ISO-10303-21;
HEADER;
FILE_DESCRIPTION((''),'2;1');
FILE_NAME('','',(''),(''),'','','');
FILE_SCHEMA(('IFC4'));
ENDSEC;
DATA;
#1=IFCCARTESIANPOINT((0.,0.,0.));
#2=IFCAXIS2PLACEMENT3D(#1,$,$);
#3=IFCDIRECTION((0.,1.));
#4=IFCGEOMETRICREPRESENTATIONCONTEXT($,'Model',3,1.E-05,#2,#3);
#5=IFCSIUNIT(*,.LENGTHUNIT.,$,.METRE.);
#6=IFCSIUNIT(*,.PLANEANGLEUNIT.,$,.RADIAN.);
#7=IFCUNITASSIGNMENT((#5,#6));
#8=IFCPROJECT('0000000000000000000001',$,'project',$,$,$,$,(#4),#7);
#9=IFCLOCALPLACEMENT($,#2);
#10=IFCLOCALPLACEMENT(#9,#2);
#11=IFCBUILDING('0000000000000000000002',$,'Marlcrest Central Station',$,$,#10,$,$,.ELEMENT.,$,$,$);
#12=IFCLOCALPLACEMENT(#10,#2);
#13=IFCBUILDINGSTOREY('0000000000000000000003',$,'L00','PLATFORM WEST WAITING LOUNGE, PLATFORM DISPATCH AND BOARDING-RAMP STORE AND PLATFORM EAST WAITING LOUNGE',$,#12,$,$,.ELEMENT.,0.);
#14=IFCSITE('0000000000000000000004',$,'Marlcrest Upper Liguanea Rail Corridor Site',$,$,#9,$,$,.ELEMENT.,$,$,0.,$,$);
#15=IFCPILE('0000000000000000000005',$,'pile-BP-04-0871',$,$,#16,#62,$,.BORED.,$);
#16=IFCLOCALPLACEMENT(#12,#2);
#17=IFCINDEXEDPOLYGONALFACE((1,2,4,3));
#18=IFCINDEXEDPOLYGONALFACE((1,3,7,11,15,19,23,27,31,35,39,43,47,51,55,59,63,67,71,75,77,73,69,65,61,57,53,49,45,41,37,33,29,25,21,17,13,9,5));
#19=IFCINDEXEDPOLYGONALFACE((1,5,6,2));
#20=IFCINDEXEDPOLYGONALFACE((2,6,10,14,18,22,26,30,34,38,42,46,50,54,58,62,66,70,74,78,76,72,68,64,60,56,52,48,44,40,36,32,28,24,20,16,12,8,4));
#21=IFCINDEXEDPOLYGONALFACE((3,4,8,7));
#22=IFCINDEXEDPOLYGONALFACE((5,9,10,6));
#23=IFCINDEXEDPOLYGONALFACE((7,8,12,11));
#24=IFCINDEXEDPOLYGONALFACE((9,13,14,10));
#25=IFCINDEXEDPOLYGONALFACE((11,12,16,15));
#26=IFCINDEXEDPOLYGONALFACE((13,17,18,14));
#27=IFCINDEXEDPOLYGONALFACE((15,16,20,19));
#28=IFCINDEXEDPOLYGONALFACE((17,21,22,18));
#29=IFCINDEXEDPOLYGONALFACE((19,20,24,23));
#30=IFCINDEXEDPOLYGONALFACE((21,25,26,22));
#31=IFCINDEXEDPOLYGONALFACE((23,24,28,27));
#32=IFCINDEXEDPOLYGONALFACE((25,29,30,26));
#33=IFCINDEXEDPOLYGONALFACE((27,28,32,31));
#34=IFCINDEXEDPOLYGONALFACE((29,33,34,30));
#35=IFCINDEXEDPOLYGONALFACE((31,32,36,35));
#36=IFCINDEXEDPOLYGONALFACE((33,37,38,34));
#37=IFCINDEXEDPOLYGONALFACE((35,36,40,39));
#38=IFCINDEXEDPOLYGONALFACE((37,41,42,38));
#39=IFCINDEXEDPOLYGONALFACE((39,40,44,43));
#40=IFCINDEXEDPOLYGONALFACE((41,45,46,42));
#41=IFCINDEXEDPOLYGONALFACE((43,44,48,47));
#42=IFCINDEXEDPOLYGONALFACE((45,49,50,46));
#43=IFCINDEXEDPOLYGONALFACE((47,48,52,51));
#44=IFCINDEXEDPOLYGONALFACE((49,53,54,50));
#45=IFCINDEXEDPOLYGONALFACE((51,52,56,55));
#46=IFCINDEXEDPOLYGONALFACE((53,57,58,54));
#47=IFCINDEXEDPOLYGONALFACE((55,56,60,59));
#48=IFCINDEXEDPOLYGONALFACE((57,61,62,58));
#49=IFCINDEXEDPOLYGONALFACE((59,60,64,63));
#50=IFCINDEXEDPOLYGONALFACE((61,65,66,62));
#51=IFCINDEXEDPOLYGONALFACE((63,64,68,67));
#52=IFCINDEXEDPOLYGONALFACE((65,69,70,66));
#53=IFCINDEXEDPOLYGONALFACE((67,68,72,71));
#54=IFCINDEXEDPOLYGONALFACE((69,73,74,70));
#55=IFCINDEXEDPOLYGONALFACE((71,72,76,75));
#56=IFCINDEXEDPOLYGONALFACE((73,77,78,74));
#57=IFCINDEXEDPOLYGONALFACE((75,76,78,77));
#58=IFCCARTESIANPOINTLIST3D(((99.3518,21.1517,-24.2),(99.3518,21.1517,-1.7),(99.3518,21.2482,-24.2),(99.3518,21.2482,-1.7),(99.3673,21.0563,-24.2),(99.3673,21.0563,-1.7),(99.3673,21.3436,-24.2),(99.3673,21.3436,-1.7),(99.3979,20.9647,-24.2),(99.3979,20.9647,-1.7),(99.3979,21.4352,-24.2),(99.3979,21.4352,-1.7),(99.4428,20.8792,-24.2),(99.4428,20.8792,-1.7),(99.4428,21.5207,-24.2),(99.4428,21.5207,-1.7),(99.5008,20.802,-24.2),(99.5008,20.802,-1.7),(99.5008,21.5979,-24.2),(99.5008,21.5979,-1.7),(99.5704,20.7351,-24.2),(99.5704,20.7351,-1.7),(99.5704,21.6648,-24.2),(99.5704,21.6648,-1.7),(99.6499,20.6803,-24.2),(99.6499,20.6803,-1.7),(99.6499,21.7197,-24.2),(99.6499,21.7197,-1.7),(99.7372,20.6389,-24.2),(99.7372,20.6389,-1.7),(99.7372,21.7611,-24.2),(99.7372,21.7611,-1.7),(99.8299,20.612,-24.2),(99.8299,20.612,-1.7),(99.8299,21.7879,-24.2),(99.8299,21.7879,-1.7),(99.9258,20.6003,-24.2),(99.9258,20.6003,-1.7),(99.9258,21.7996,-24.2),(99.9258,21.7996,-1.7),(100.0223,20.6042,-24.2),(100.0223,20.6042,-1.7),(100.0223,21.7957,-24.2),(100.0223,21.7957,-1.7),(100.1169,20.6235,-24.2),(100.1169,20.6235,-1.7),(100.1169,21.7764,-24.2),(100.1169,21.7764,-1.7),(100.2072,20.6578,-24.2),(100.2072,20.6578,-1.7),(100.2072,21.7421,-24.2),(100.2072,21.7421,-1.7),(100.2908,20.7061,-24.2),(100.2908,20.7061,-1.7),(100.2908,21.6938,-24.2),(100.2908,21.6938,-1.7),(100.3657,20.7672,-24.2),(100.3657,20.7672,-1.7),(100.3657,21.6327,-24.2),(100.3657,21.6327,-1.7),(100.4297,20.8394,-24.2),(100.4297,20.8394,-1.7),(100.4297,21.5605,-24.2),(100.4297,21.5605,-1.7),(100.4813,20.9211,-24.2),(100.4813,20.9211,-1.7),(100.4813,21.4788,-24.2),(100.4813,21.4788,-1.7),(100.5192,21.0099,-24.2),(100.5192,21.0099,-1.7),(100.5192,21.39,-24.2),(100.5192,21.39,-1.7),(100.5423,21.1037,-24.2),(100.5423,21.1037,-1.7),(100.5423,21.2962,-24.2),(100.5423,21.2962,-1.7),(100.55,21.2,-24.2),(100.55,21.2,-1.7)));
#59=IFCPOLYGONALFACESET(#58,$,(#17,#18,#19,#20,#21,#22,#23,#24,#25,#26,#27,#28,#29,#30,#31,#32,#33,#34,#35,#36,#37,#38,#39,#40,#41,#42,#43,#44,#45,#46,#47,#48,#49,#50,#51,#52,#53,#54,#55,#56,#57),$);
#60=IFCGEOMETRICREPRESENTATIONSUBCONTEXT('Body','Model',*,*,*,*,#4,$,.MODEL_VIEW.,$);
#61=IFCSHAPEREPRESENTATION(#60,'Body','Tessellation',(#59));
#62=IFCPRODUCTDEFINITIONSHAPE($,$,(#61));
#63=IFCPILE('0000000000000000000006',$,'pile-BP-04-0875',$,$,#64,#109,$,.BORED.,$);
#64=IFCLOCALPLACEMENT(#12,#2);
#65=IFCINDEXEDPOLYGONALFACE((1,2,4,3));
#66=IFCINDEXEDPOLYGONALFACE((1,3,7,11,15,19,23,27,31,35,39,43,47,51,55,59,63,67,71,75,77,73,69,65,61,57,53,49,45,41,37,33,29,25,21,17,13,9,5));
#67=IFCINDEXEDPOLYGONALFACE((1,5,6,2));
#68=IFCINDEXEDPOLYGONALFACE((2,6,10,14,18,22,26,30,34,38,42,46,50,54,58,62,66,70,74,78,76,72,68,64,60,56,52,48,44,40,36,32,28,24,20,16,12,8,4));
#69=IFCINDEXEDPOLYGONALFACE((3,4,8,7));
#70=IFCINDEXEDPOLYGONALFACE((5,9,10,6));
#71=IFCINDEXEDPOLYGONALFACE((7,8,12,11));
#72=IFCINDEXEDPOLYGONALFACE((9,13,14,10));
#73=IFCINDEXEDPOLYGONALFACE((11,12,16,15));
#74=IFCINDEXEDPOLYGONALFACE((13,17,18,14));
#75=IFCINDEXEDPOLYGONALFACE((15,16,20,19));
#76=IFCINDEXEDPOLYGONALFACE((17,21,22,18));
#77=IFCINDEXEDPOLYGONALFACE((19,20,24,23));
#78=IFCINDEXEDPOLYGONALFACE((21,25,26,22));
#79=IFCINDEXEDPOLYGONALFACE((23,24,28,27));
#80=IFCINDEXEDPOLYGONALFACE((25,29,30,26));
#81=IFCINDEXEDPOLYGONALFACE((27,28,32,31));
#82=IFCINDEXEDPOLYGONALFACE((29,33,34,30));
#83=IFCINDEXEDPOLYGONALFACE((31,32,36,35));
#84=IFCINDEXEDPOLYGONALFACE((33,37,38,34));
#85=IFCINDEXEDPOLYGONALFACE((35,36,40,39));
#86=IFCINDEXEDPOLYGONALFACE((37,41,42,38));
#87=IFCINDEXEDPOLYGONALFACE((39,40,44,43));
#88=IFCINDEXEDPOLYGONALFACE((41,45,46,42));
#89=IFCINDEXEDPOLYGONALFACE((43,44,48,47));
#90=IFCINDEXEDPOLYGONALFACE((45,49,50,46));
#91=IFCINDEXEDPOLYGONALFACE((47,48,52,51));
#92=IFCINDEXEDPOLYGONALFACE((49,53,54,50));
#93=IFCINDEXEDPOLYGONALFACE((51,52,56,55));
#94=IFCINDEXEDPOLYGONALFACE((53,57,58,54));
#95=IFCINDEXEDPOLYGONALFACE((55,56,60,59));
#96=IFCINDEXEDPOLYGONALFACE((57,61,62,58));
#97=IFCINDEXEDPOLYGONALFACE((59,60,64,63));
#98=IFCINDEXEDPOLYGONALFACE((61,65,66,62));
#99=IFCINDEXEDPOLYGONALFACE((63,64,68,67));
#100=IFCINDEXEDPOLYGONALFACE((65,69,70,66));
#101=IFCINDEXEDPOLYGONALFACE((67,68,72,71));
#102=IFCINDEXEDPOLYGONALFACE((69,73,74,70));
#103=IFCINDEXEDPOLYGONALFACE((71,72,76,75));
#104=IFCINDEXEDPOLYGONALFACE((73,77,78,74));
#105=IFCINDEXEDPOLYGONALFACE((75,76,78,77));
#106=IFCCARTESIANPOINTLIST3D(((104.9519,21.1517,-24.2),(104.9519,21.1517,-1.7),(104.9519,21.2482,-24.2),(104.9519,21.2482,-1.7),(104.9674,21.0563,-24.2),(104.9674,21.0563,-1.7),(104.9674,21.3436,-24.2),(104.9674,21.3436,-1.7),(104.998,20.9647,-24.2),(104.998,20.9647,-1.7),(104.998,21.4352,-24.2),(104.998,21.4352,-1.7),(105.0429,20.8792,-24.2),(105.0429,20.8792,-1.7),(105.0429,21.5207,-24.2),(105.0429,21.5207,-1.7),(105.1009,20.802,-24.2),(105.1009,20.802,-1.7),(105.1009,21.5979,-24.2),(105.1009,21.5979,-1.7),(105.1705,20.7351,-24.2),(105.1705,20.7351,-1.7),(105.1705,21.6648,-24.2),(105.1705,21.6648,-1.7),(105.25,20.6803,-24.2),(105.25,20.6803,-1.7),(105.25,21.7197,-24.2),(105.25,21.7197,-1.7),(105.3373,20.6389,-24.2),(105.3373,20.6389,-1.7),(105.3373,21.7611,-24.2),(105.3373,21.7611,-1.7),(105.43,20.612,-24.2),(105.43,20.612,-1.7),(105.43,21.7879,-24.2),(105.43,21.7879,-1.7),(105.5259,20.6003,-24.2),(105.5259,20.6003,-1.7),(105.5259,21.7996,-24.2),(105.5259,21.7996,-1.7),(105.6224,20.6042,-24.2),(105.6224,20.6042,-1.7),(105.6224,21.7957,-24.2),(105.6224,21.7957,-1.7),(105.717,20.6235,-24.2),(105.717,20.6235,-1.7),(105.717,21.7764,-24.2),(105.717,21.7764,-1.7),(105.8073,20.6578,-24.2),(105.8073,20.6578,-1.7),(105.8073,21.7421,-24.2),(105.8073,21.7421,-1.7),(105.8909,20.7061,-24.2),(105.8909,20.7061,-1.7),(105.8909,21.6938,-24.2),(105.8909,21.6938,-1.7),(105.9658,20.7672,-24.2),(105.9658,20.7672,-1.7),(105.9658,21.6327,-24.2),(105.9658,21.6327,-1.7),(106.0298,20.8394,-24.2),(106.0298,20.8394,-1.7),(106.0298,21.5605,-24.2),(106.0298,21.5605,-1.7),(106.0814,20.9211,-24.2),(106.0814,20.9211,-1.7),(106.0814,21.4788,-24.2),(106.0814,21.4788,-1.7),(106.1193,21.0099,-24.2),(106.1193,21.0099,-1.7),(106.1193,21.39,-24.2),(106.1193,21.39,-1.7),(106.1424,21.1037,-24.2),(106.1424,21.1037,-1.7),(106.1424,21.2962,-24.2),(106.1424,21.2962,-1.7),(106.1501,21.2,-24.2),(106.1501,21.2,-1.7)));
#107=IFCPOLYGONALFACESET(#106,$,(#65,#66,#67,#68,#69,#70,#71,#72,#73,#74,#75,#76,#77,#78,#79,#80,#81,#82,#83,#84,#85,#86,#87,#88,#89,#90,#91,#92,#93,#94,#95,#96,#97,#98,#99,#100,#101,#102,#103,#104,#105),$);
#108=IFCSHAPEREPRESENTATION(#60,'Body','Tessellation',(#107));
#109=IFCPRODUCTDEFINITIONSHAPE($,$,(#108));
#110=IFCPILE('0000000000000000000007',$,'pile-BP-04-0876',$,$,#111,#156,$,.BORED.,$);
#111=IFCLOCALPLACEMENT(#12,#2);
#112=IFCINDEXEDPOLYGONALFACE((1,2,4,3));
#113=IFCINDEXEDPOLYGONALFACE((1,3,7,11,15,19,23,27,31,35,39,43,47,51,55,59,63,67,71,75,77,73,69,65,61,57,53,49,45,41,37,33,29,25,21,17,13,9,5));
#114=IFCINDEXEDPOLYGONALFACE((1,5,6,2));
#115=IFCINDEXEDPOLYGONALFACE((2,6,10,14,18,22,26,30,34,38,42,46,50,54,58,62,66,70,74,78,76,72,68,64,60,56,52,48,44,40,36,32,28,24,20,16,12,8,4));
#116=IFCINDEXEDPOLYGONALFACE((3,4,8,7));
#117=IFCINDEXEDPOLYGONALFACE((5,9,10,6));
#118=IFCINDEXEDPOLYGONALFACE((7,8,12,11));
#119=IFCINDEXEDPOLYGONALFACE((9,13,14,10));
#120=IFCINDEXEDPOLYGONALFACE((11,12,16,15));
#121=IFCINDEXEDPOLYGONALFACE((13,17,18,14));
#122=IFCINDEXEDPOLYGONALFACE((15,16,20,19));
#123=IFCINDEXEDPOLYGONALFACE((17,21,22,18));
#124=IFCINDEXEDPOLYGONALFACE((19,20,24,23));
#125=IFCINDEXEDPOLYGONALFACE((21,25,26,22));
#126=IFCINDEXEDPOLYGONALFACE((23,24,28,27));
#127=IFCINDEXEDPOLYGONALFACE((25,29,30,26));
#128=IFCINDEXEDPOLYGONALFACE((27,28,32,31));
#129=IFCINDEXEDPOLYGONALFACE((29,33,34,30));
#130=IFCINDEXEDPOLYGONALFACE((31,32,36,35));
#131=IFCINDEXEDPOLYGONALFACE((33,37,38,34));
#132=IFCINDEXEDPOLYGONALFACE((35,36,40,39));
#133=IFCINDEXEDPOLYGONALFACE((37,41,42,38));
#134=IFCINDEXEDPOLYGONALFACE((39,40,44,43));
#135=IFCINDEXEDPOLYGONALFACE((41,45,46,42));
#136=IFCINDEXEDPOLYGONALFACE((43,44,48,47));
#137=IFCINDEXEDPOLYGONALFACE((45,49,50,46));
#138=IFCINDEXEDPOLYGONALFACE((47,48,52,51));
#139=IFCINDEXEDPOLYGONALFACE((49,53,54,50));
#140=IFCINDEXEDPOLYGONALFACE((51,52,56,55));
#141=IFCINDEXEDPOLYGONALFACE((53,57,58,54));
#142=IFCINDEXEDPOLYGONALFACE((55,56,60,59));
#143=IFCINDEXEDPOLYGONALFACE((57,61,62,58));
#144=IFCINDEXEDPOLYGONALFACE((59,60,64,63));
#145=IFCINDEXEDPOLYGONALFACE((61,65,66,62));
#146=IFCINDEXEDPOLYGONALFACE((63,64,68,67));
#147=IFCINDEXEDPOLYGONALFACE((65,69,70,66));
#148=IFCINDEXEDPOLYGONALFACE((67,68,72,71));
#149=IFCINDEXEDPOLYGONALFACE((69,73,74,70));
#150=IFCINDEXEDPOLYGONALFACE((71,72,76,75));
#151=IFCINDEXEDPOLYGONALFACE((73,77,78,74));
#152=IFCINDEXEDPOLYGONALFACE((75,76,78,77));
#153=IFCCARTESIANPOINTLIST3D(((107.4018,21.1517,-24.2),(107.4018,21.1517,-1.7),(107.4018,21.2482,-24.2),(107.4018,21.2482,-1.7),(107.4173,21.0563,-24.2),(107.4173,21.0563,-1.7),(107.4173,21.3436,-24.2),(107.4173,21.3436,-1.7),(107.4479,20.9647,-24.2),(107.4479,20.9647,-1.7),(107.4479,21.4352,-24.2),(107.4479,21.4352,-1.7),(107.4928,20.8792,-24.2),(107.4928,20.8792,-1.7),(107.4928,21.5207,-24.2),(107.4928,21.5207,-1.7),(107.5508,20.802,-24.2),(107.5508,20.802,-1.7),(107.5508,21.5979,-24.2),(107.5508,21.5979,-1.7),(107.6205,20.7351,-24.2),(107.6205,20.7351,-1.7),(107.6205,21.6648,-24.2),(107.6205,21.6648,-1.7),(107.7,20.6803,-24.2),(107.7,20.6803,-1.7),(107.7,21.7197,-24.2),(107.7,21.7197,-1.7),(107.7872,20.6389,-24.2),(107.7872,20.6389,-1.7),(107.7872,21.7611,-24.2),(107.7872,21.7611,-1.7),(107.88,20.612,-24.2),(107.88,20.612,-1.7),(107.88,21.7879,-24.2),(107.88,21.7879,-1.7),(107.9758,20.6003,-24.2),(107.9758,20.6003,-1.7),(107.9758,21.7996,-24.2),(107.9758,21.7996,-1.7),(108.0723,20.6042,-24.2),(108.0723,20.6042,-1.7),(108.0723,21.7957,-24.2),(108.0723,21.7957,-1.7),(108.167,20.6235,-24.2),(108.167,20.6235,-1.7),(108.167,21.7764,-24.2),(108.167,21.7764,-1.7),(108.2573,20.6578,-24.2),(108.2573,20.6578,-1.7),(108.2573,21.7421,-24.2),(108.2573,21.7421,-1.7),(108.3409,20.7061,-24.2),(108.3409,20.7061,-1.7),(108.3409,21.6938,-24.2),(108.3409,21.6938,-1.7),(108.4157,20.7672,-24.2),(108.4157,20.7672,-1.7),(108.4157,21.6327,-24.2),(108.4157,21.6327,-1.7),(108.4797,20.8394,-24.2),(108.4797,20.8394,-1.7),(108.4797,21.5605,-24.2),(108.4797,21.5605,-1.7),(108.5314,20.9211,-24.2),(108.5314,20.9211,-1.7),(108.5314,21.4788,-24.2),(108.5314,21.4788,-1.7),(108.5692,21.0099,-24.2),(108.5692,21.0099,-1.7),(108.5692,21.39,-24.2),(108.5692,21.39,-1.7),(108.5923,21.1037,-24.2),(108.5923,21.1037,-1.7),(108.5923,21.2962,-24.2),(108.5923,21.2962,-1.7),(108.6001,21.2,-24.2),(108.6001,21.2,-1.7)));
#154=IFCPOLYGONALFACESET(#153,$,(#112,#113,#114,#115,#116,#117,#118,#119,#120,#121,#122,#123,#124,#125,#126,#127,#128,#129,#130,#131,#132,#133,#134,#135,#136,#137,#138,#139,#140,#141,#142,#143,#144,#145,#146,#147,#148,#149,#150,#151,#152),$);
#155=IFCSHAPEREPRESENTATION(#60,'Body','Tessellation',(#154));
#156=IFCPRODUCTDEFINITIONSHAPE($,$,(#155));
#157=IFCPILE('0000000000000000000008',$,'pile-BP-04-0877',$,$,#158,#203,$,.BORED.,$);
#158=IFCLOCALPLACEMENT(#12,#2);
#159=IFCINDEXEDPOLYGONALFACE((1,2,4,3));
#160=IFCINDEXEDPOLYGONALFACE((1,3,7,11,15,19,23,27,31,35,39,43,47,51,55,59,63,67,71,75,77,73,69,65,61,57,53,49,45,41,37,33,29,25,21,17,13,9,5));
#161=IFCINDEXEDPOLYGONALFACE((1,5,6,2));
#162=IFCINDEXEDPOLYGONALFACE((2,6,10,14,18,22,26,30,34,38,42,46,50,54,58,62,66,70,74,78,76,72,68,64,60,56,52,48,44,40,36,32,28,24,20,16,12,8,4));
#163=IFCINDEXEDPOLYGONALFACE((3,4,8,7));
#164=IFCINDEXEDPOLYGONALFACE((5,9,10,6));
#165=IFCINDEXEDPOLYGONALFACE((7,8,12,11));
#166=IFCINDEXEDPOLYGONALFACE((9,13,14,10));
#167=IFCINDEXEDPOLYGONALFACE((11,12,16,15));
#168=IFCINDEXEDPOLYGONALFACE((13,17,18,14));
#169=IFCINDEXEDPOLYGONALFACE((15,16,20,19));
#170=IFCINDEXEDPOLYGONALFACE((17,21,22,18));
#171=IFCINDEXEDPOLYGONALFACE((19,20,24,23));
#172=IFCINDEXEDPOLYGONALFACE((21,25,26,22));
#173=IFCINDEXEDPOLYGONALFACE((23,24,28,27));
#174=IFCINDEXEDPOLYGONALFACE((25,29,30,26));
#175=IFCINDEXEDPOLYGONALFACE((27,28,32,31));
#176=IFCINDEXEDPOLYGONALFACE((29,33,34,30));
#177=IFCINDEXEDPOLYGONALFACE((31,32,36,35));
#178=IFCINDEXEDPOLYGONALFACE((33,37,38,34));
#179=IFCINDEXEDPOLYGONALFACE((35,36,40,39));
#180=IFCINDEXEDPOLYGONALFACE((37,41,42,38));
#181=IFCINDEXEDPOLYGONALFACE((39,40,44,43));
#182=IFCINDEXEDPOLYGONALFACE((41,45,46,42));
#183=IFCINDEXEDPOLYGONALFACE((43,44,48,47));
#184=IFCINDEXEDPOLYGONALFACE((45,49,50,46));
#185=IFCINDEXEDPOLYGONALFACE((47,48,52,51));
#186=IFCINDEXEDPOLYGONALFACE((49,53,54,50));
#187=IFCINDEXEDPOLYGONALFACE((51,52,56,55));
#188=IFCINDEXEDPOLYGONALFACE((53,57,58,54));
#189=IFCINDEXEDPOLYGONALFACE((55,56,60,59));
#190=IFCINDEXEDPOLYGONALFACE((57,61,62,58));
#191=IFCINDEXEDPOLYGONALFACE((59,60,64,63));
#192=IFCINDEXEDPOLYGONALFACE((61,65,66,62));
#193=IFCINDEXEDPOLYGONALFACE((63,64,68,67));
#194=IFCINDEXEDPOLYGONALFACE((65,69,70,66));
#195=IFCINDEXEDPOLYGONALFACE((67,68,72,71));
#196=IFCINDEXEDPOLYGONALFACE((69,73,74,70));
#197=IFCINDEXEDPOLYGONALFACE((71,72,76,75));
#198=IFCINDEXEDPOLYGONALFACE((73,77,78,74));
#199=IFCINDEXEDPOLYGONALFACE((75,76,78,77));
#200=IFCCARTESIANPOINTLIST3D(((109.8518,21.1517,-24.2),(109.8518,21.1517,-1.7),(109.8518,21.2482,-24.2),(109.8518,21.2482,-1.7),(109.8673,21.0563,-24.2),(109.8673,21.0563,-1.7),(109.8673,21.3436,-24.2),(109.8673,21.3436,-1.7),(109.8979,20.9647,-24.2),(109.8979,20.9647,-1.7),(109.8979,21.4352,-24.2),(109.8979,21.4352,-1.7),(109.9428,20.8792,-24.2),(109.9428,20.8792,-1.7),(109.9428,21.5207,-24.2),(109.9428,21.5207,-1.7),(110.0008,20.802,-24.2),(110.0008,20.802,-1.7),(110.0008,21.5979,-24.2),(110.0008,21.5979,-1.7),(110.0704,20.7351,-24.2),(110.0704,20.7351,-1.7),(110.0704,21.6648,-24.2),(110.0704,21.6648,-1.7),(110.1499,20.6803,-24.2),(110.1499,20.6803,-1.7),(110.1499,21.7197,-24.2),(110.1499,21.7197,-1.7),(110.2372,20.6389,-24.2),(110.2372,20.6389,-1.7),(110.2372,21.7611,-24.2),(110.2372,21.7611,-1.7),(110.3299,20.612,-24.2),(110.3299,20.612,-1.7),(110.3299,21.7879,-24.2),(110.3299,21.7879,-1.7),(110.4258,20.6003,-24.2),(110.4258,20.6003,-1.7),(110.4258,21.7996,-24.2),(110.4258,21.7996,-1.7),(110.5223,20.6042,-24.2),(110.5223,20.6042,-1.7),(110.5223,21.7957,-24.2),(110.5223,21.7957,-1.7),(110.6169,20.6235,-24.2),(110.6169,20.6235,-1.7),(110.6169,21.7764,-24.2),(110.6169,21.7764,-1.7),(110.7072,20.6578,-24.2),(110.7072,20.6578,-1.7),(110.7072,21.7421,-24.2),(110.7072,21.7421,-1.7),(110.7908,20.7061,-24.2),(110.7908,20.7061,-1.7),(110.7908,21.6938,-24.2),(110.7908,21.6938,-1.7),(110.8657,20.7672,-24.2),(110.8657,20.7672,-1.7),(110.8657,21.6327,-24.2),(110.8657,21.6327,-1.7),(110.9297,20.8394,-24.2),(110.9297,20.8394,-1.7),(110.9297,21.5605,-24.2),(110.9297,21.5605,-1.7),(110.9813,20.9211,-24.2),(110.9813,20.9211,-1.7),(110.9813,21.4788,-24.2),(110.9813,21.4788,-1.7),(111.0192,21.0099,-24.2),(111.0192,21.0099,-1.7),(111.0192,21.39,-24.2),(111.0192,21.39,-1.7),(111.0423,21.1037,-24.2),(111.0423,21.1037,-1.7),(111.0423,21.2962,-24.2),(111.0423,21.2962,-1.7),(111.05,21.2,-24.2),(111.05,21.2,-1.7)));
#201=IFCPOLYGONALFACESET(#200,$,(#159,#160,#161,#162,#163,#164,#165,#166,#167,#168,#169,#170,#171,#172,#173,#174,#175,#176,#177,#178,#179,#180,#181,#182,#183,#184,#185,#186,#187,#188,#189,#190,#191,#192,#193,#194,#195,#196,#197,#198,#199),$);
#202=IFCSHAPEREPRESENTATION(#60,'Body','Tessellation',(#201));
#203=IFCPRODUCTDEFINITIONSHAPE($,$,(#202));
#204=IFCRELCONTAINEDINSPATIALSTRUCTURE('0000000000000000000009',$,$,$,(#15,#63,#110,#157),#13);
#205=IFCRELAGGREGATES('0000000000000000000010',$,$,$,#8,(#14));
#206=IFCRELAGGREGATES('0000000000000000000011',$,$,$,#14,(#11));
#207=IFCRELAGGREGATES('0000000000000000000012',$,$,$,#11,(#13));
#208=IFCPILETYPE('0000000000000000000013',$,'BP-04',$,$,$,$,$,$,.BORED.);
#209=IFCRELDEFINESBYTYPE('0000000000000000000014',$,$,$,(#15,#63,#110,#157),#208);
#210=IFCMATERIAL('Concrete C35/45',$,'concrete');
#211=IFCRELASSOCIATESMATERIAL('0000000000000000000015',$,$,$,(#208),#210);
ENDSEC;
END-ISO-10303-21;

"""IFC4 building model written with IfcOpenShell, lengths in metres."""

from ifc_helpers import new_model, si_unit, direction, frame, origin, origin_2d, place, context, subcontext, project, spatial, circle, extrude, material, material_profile, profile_set, type_object, element, save


model = new_model("IFC4")

# Units and contexts
model_context = context("Model", 3, precision=1e-05, world=origin(), true_north=direction((0.0, 1.0)))
body_context = subcontext(model_context, "Body", "Model", "MODEL_VIEW")
ifc_project = project(units=[si_unit("LENGTHUNIT", "METRE"), si_unit("PLANEANGLEUNIT", "RADIAN")], contexts=[model_context])

# Site, building, storey
site_placement = place(None, origin())
site = spatial("IfcSite", under=ifc_project, at=site_placement, Name="Marlcrest Upper Liguanea Rail Corridor Site", CompositionType="ELEMENT", RefElevation=0.0)
building_placement = place(site_placement, origin())
building = spatial("IfcBuilding", under=site, at=building_placement, Name="Marlcrest Central Station", CompositionType="ELEMENT")
storey_placement = place(building_placement, origin())
storey = spatial("IfcBuildingStorey", under=building, at=storey_placement, Name="L00", Description="PLATFORM WEST WAITING LOUNGE, PLATFORM DISPATCH AND BOARDING-RAMP STORE AND PLATFORM EAST WAITING LOUNGE", CompositionType="ELEMENT", Elevation=0.0)

# Piles
ifc_material_1 = material(Name="Concrete C35/45", Category="concrete")
ifc_material_profile_1 = material_profile(ifc_material_1, circle(Radius=0.6001, at=origin_2d()), Name="PILE D1200")
ifc_profile_set_1 = profile_set([ifc_material_profile_1], Name="Concrete C35/45")
pile_type = type_object("IfcPileType", Name="BP-04", PredefinedType="BORED", material=ifc_profile_set_1)
for number, where, z_axis, x_axis, name in (
    (1, (99.95, 21.2, -1.7), (0.0, 0.0, -1.0), (1.0, 0.0, 0.0), "pile-BP-04-0871"),
    (2, (105.55, 21.2, -1.7), (0.0, 0.0, -1.0), (1.0, 0.0, 0.0), "pile-BP-04-0875"),
    (3, (108.0, 21.2, -1.7), (0.0, 0.0, -1.0), (1.0, 0.0, 0.0), "pile-BP-04-0876"),
    (4, (110.45, 21.2, -1.7), (0.0, 0.0, -1.0), (1.0, 0.0, 0.0), "pile-BP-04-0877"),
):
    element("IfcPile", number, at=place(storey_placement, frame(where, z_axis=z_axis, x_axis=x_axis)), inside=storey, type_object=pile_type, Name=name, PredefinedType="BORED", context=body_context, shape_type="SweptSolid", body=[
        extrude(circle(Radius=0.6001, at=origin_2d()), origin(), (0.0, 0.0, 1.0), 22.5),
    ])

save(model, "model.ifc")
